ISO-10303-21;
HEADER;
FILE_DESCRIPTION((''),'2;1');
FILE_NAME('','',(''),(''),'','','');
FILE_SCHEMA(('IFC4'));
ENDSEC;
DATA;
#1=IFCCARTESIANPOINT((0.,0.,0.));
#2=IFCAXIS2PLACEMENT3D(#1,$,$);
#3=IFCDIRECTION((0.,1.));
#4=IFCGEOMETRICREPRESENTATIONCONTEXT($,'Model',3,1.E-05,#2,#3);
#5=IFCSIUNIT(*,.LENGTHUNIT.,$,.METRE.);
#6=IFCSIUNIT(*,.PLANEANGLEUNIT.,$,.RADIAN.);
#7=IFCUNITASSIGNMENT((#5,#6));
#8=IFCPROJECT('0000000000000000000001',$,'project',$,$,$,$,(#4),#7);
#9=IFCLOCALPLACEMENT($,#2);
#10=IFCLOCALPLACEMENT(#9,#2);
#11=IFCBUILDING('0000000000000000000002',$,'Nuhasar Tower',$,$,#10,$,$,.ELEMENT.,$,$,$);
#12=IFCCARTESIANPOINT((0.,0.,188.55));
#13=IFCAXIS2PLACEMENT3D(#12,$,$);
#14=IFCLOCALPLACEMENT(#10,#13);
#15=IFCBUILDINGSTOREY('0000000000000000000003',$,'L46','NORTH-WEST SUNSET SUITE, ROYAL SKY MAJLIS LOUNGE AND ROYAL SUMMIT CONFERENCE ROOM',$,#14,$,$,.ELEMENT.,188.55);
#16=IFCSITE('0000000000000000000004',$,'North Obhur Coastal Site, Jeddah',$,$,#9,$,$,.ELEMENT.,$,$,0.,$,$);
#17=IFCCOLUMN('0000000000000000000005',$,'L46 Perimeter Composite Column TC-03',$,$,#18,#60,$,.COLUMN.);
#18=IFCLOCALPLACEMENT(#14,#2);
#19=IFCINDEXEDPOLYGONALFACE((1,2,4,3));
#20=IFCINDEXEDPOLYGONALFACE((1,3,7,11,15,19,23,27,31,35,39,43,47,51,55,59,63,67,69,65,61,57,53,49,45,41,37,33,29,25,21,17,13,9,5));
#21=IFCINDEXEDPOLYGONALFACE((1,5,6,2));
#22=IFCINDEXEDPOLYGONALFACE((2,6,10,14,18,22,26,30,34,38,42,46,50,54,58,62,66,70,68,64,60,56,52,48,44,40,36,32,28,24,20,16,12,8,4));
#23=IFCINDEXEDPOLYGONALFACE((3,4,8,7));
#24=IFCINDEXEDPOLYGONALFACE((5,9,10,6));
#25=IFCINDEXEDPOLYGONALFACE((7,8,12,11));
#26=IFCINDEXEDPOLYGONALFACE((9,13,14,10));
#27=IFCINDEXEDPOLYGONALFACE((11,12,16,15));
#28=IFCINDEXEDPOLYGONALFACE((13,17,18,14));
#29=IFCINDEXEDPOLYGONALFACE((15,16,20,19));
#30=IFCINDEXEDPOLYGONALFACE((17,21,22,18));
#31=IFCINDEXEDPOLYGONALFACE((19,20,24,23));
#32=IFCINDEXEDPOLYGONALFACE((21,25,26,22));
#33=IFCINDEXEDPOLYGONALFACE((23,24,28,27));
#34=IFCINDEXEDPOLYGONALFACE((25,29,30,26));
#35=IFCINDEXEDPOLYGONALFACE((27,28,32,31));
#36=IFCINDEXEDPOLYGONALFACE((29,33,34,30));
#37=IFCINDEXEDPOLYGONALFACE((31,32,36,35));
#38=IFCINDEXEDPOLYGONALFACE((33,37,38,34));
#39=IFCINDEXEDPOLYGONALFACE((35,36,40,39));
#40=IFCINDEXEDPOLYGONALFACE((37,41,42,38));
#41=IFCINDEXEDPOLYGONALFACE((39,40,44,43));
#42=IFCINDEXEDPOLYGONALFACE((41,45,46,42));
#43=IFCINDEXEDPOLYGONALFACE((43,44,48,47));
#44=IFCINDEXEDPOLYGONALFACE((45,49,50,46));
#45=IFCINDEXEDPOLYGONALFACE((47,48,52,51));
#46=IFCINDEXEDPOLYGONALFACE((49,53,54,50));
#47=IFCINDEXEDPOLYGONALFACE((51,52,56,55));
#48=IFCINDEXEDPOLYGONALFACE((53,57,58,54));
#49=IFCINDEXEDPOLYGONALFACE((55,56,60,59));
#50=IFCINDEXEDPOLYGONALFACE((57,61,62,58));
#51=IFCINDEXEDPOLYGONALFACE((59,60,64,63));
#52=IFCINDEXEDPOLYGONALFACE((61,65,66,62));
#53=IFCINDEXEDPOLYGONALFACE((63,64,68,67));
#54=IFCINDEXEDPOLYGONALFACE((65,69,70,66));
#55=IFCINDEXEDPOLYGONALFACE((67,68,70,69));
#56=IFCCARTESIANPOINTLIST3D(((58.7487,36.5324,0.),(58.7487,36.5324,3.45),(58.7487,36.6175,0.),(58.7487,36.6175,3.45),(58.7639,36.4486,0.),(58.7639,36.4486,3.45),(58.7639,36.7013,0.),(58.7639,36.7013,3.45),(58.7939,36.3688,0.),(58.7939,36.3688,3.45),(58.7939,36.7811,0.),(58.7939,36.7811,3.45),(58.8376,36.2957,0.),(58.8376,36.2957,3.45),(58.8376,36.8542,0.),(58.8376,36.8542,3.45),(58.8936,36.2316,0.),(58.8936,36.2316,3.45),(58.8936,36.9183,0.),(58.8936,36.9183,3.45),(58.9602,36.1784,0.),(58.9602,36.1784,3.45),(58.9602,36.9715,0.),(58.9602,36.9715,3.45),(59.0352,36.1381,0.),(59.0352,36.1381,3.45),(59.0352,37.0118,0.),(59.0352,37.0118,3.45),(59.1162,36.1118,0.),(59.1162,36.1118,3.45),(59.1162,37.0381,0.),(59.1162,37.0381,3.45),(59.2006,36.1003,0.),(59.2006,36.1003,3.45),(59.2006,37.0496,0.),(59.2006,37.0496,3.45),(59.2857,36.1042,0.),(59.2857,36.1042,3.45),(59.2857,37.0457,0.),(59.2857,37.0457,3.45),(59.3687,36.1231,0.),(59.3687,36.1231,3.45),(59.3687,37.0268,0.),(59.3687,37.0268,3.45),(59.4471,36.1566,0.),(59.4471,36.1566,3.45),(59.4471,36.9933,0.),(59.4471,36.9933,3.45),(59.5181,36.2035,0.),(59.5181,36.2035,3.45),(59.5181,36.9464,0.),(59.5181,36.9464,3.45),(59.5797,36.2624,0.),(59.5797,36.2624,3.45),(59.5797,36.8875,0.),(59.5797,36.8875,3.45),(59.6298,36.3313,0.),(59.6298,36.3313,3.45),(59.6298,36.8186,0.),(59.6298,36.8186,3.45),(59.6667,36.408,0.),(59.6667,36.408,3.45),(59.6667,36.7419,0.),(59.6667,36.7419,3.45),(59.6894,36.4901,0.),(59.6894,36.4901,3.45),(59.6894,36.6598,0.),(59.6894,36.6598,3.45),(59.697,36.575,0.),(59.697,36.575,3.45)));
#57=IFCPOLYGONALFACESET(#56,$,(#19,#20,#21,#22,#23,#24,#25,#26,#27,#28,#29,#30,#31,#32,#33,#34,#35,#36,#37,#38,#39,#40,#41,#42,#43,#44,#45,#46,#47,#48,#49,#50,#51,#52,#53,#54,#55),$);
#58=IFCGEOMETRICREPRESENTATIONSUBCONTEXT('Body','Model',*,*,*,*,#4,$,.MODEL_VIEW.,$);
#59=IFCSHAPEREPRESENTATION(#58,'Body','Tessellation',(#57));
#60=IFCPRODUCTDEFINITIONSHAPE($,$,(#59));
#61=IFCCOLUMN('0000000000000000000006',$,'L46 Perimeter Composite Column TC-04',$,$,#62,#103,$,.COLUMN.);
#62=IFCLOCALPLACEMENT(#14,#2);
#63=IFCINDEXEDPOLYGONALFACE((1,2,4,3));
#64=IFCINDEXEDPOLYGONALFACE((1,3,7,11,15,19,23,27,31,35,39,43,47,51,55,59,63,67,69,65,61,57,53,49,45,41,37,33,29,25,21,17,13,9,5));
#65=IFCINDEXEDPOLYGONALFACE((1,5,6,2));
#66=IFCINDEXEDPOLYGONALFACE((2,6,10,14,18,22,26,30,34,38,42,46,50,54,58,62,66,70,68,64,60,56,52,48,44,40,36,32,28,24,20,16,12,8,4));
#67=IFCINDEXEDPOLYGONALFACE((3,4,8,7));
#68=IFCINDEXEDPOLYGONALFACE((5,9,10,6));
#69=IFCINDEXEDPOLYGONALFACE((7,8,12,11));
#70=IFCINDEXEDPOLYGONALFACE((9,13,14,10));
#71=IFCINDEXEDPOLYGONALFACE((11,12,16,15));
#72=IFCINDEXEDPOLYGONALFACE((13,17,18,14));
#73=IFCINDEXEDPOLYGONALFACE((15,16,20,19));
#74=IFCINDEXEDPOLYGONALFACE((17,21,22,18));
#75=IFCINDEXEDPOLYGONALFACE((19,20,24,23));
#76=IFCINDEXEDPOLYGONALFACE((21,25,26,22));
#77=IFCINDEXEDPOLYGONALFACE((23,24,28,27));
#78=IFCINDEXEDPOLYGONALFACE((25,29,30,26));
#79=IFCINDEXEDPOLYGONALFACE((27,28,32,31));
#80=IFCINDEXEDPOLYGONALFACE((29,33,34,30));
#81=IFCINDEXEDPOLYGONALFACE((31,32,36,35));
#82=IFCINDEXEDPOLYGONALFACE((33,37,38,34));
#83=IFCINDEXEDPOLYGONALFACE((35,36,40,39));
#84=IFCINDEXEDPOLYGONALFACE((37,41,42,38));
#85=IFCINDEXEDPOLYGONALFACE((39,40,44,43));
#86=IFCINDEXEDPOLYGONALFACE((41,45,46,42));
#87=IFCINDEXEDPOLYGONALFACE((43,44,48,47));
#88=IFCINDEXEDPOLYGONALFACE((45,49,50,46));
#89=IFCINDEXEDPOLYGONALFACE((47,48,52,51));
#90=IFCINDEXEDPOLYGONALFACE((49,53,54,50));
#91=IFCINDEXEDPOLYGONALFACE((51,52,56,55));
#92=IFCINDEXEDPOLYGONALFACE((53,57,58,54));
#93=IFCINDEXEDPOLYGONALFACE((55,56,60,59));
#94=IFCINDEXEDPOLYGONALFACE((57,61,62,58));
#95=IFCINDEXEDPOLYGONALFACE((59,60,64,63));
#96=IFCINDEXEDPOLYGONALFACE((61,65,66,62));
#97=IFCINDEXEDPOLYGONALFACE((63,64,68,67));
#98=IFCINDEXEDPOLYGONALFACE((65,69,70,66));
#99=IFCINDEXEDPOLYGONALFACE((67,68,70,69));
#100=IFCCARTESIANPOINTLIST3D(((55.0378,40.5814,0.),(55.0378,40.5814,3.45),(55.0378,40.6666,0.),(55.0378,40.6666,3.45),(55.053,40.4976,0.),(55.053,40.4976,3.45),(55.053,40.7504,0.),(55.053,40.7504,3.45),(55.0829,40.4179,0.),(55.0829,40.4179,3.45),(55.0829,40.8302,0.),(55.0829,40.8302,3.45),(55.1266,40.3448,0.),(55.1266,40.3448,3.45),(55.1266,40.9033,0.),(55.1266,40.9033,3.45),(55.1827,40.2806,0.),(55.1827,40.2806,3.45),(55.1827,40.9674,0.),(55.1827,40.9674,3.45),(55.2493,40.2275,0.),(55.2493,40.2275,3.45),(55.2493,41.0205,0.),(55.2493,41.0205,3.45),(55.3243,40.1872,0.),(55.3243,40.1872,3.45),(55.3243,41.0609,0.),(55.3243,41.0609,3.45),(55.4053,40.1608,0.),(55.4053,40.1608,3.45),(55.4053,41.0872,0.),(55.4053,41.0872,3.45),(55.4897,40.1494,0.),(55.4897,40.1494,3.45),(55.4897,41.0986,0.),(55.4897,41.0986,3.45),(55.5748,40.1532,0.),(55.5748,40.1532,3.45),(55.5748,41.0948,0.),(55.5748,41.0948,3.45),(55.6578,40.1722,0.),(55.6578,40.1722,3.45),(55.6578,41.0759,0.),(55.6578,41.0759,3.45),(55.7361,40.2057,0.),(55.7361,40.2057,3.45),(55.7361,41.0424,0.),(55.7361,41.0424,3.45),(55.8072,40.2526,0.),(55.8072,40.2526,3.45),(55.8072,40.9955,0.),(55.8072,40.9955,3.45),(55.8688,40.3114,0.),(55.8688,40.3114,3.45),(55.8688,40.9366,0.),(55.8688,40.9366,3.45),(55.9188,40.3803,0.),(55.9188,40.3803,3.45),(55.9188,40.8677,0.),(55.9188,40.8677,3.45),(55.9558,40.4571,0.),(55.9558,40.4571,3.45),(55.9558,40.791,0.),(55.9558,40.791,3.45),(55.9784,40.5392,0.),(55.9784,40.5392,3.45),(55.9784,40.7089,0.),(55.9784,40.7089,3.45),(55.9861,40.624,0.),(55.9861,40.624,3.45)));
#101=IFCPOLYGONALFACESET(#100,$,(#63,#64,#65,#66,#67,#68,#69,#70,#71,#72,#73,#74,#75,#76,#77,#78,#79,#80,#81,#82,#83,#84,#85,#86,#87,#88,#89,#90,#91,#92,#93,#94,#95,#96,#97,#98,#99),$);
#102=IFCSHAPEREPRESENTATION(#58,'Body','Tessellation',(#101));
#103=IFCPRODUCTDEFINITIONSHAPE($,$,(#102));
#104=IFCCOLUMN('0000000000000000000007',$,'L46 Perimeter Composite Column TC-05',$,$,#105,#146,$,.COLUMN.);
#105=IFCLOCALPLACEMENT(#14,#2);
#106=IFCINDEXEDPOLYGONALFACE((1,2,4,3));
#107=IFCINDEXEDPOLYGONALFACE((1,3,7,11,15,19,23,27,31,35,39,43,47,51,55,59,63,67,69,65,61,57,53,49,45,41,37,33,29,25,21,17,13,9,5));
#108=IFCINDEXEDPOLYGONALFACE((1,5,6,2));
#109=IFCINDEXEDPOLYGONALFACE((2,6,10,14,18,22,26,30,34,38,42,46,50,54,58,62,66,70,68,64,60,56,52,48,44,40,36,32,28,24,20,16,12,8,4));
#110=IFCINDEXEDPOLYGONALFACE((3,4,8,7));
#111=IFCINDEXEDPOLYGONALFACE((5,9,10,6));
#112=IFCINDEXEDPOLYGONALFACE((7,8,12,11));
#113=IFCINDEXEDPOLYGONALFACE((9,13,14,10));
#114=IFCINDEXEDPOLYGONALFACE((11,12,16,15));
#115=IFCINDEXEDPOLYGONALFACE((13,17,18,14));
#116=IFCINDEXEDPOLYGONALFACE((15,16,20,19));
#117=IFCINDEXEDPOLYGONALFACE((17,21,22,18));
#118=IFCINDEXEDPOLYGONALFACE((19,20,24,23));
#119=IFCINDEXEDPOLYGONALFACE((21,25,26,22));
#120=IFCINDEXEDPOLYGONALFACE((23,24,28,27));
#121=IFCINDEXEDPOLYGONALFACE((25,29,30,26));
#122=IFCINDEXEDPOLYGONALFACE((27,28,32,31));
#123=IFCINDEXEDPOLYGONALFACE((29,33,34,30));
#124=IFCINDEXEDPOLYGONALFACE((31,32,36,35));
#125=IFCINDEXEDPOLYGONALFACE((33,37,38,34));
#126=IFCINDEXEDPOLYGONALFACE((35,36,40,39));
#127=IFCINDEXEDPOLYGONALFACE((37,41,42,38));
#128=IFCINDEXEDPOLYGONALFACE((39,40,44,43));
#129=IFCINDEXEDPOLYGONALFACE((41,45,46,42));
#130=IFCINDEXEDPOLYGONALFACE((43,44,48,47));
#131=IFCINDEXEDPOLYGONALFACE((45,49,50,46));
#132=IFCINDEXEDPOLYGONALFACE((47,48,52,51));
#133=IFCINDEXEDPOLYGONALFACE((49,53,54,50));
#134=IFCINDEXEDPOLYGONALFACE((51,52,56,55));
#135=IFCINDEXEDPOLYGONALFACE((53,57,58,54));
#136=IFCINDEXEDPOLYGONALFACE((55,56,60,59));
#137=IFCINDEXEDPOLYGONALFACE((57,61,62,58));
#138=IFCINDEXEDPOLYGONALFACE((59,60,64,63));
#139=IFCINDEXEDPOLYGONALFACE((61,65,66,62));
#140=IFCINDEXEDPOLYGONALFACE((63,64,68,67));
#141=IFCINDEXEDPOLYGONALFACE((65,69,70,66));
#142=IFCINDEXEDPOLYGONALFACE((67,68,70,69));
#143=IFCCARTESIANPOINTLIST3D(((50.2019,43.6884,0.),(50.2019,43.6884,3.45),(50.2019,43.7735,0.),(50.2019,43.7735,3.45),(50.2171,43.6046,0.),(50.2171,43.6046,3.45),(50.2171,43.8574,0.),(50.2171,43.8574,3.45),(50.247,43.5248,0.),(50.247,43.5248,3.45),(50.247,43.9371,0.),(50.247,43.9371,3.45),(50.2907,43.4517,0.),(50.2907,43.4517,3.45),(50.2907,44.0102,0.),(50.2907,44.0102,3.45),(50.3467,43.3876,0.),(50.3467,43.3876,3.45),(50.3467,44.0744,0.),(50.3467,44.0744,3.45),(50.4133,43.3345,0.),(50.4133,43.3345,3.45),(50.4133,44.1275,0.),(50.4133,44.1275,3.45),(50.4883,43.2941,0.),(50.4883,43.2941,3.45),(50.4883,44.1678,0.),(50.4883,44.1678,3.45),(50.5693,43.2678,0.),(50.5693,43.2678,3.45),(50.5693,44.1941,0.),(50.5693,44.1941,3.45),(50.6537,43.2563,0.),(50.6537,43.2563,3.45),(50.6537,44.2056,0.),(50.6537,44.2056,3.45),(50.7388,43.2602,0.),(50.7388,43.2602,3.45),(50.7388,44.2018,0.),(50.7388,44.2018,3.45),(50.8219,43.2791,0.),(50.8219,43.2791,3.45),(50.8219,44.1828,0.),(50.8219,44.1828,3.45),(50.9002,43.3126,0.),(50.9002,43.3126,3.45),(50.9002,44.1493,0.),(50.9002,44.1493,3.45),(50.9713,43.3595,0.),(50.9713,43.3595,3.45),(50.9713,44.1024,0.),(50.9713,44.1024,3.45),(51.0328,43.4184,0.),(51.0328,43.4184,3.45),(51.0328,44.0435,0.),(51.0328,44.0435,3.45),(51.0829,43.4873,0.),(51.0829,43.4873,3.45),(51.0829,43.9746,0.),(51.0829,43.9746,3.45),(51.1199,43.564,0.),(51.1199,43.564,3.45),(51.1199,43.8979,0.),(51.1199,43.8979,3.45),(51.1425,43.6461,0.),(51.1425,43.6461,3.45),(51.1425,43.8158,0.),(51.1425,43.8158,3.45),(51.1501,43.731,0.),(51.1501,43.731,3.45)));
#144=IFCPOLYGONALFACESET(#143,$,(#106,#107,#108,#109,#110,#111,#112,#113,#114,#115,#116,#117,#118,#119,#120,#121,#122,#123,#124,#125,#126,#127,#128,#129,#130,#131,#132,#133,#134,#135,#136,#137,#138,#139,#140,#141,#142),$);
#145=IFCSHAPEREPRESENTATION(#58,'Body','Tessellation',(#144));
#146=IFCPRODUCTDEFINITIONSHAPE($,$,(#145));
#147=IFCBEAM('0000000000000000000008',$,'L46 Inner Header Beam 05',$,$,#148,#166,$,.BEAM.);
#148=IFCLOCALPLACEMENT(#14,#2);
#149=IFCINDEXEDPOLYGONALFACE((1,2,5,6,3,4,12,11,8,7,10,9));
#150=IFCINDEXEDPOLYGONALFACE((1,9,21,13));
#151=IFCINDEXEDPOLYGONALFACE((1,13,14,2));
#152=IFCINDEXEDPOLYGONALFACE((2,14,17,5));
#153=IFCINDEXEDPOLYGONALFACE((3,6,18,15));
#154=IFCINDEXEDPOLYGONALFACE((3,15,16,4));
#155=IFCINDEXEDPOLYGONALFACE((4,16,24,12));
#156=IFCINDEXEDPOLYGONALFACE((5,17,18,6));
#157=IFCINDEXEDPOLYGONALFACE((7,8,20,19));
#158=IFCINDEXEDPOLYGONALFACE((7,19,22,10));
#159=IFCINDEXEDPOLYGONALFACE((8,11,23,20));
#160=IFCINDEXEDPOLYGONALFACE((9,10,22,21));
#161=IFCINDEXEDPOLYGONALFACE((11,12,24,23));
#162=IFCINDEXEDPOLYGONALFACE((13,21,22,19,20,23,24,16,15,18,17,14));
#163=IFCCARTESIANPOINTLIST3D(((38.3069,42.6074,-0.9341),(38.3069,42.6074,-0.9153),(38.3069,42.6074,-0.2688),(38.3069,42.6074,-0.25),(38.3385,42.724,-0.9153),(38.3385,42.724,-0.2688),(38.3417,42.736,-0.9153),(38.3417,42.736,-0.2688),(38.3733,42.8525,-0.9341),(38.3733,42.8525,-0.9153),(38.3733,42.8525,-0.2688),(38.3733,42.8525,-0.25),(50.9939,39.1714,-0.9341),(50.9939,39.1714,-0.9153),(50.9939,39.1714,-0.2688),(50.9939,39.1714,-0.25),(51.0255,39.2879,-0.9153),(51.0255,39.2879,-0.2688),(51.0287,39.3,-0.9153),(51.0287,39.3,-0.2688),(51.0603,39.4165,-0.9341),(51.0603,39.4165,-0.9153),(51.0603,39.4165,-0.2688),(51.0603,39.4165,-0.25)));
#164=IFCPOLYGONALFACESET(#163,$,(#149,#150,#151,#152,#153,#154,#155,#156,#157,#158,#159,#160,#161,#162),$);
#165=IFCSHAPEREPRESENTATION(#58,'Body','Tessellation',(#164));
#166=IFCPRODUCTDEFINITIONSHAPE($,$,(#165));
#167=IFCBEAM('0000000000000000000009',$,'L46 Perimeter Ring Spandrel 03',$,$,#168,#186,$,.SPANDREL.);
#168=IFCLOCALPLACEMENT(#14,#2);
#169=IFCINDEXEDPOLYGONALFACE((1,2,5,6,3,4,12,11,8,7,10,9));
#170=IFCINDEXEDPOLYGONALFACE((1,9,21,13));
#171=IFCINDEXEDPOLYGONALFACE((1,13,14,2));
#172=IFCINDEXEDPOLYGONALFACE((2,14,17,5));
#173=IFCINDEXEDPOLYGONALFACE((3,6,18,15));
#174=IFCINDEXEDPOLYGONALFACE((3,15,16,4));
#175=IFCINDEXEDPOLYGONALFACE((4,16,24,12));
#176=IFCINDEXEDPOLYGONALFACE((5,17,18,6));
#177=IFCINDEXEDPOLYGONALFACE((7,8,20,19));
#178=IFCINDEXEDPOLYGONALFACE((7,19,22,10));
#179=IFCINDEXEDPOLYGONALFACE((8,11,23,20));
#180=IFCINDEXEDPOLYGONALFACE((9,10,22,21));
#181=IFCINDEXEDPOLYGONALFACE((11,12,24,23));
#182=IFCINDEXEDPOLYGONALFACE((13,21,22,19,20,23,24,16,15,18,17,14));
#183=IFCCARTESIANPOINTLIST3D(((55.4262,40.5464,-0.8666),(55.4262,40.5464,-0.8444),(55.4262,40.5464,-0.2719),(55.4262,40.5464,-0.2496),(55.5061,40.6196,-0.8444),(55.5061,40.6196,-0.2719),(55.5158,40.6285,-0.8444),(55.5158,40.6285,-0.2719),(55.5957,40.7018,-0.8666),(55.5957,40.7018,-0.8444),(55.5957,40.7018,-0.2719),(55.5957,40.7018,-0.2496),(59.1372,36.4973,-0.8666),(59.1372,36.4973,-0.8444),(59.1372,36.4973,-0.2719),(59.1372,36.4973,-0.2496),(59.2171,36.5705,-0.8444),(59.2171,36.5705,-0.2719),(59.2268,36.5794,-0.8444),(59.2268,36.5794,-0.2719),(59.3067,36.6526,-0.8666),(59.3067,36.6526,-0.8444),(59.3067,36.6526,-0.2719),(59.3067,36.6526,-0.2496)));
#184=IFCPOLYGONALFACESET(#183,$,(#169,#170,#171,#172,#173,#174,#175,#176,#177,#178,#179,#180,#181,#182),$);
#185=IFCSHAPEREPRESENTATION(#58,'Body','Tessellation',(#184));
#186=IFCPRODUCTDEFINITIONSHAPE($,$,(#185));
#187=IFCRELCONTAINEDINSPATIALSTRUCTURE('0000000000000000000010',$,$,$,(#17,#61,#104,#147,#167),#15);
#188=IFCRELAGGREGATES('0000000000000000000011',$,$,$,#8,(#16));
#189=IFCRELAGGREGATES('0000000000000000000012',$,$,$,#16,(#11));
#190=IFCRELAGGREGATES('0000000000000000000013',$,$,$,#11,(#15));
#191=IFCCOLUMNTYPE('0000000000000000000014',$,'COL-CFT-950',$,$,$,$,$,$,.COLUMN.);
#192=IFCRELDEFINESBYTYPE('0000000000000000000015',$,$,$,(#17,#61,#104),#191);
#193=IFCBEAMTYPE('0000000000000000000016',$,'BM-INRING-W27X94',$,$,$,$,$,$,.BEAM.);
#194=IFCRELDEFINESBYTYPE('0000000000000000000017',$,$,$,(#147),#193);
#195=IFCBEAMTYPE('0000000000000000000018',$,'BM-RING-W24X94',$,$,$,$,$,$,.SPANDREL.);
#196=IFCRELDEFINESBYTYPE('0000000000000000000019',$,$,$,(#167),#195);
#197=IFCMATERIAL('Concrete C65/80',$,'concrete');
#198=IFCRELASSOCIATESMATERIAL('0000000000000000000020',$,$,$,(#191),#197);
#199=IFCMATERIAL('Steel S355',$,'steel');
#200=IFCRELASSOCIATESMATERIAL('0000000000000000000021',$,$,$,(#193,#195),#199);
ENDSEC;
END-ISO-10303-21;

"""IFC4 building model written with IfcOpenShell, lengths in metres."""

from ifc_helpers import new_model, si_unit, direction, frame, origin, origin_2d, place, context, subcontext, project, spatial, circle, i_section, extrude, material, material_profile, profile_set, type_object, element, save


model = new_model("IFC4")

# Units and contexts
model_context = context("Model", 3, precision=1e-05, world=origin(), true_north=direction((0.0, 1.0)))
body_context = subcontext(model_context, "Body", "Model", "MODEL_VIEW")
ifc_project = project(units=[si_unit("LENGTHUNIT", "METRE"), si_unit("PLANEANGLEUNIT", "RADIAN")], contexts=[model_context])

# Site, building, storey
site_placement = place(None, origin())
site = spatial("IfcSite", under=ifc_project, at=site_placement, Name="North Obhur Coastal Site, Jeddah", CompositionType="ELEMENT", RefElevation=0.0)
building_placement = place(site_placement, origin())
building = spatial("IfcBuilding", under=site, at=building_placement, Name="Nuhasar Tower", CompositionType="ELEMENT")
storey_placement = place(building_placement, frame((0.0, 0.0, 188.55)))
storey = spatial("IfcBuildingStorey", under=building, at=storey_placement, Name="L46", Description="NORTH-WEST SUNSET SUITE, ROYAL SKY MAJLIS LOUNGE AND ROYAL SUMMIT CONFERENCE ROOM", CompositionType="ELEMENT", Elevation=188.55)

# Columns
ifc_material_1 = material(Name="Concrete C65/80", Category="concrete")
ifc_material_profile_1 = material_profile(ifc_material_1, circle(Radius=0.4751, at=origin_2d()), Name="CFT950")
ifc_profile_set_1 = profile_set([ifc_material_profile_1], Name="Concrete C65/80")
column_type = type_object("IfcColumnType", Name="COL-CFT-950", PredefinedType="COLUMN", material=ifc_profile_set_1)
for number, where, z_axis, x_axis, name in (
    (1, (59.2219, 36.575, 0.0), (0.0, 0.0, 1.0), (1.0, 0.0, 0.0), "L46 Perimeter Composite Column TC-03"),
    (2, (55.511, 40.624, 0.0), (0.0, 0.0, 1.0), (1.0, 0.0, 0.0), "L46 Perimeter Composite Column TC-04"),
    (3, (50.675, 43.731, 0.0), (0.0, 0.0, 1.0), (1.0, 0.0, 0.0), "L46 Perimeter Composite Column TC-05"),
):
    element("IfcColumn", number, at=place(storey_placement, frame(where, z_axis=z_axis, x_axis=x_axis)), inside=storey, type_object=column_type, Name=name, PredefinedType="COLUMN", context=body_context, shape_type="SweptSolid", body=[
        extrude(circle(Radius=0.4751, at=origin_2d()), origin(), (0.0, 0.0, 1.0), 3.45),
    ])

# Beams
ifc_material_2 = material(Name="Steel S355", Category="steel")
ifc_material_profile_2 = material_profile(ifc_material_2, i_section(OverallWidth=0.2539, OverallDepth=0.6841, WebThickness=0.0125, FlangeThickness=0.0188, at=origin_2d()), Name="W27X94")
ifc_profile_set_2 = profile_set([ifc_material_profile_2], Name="Steel S355")
beam_type_1 = type_object("IfcBeamType", Name="BM-INRING-W27X94", PredefinedType="BEAM", material=ifc_profile_set_2)
beam_1_placement = place(storey_placement, frame((51.0271, 39.2939, -0.592), z_axis=(-0.965227, 0.261413, 0.0), x_axis=(-0.261413, -0.965227, 0.0)))
element("IfcBeam", 4, at=beam_1_placement, inside=storey, type_object=beam_type_1, Name="L46 Inner Header Beam 05", PredefinedType="BEAM", context=body_context, shape_type="SweptSolid", body=[
    extrude(i_section(OverallWidth=0.2539, OverallDepth=0.6841, WebThickness=0.0125, FlangeThickness=0.0188, at=origin_2d()), origin(), (0.0, 0.0, 1.0), 13.144),
])
ifc_material_profile_3 = material_profile(ifc_material_2, i_section(OverallWidth=0.23, OverallDepth=0.6169, WebThickness=0.0132, FlangeThickness=0.0222, at=origin_2d()), Name="W24X94")
ifc_profile_set_3 = profile_set([ifc_material_profile_3], Name="Steel S355")
beam_type_2 = type_object("IfcBeamType", Name="BM-RING-W24X94", PredefinedType="SPANDREL", material=ifc_profile_set_3)
beam_2_placement = place(storey_placement, frame((59.2219, 36.575, -0.5581), z_axis=(-0.675654, 0.737219, 0.0), x_axis=(-0.737219, -0.675654, 0.0)))
element("IfcBeam", 5, at=beam_2_placement, inside=storey, type_object=beam_type_2, Name="L46 Perimeter Ring Spandrel 03", PredefinedType="SPANDREL", context=body_context, shape_type="SweptSolid", body=[
    extrude(i_section(OverallWidth=0.23, OverallDepth=0.6169, WebThickness=0.0132, FlangeThickness=0.0222, at=origin_2d()), origin(), (0.0, 0.0, 1.0), 5.4924),
])

save(model, "model.ifc")
